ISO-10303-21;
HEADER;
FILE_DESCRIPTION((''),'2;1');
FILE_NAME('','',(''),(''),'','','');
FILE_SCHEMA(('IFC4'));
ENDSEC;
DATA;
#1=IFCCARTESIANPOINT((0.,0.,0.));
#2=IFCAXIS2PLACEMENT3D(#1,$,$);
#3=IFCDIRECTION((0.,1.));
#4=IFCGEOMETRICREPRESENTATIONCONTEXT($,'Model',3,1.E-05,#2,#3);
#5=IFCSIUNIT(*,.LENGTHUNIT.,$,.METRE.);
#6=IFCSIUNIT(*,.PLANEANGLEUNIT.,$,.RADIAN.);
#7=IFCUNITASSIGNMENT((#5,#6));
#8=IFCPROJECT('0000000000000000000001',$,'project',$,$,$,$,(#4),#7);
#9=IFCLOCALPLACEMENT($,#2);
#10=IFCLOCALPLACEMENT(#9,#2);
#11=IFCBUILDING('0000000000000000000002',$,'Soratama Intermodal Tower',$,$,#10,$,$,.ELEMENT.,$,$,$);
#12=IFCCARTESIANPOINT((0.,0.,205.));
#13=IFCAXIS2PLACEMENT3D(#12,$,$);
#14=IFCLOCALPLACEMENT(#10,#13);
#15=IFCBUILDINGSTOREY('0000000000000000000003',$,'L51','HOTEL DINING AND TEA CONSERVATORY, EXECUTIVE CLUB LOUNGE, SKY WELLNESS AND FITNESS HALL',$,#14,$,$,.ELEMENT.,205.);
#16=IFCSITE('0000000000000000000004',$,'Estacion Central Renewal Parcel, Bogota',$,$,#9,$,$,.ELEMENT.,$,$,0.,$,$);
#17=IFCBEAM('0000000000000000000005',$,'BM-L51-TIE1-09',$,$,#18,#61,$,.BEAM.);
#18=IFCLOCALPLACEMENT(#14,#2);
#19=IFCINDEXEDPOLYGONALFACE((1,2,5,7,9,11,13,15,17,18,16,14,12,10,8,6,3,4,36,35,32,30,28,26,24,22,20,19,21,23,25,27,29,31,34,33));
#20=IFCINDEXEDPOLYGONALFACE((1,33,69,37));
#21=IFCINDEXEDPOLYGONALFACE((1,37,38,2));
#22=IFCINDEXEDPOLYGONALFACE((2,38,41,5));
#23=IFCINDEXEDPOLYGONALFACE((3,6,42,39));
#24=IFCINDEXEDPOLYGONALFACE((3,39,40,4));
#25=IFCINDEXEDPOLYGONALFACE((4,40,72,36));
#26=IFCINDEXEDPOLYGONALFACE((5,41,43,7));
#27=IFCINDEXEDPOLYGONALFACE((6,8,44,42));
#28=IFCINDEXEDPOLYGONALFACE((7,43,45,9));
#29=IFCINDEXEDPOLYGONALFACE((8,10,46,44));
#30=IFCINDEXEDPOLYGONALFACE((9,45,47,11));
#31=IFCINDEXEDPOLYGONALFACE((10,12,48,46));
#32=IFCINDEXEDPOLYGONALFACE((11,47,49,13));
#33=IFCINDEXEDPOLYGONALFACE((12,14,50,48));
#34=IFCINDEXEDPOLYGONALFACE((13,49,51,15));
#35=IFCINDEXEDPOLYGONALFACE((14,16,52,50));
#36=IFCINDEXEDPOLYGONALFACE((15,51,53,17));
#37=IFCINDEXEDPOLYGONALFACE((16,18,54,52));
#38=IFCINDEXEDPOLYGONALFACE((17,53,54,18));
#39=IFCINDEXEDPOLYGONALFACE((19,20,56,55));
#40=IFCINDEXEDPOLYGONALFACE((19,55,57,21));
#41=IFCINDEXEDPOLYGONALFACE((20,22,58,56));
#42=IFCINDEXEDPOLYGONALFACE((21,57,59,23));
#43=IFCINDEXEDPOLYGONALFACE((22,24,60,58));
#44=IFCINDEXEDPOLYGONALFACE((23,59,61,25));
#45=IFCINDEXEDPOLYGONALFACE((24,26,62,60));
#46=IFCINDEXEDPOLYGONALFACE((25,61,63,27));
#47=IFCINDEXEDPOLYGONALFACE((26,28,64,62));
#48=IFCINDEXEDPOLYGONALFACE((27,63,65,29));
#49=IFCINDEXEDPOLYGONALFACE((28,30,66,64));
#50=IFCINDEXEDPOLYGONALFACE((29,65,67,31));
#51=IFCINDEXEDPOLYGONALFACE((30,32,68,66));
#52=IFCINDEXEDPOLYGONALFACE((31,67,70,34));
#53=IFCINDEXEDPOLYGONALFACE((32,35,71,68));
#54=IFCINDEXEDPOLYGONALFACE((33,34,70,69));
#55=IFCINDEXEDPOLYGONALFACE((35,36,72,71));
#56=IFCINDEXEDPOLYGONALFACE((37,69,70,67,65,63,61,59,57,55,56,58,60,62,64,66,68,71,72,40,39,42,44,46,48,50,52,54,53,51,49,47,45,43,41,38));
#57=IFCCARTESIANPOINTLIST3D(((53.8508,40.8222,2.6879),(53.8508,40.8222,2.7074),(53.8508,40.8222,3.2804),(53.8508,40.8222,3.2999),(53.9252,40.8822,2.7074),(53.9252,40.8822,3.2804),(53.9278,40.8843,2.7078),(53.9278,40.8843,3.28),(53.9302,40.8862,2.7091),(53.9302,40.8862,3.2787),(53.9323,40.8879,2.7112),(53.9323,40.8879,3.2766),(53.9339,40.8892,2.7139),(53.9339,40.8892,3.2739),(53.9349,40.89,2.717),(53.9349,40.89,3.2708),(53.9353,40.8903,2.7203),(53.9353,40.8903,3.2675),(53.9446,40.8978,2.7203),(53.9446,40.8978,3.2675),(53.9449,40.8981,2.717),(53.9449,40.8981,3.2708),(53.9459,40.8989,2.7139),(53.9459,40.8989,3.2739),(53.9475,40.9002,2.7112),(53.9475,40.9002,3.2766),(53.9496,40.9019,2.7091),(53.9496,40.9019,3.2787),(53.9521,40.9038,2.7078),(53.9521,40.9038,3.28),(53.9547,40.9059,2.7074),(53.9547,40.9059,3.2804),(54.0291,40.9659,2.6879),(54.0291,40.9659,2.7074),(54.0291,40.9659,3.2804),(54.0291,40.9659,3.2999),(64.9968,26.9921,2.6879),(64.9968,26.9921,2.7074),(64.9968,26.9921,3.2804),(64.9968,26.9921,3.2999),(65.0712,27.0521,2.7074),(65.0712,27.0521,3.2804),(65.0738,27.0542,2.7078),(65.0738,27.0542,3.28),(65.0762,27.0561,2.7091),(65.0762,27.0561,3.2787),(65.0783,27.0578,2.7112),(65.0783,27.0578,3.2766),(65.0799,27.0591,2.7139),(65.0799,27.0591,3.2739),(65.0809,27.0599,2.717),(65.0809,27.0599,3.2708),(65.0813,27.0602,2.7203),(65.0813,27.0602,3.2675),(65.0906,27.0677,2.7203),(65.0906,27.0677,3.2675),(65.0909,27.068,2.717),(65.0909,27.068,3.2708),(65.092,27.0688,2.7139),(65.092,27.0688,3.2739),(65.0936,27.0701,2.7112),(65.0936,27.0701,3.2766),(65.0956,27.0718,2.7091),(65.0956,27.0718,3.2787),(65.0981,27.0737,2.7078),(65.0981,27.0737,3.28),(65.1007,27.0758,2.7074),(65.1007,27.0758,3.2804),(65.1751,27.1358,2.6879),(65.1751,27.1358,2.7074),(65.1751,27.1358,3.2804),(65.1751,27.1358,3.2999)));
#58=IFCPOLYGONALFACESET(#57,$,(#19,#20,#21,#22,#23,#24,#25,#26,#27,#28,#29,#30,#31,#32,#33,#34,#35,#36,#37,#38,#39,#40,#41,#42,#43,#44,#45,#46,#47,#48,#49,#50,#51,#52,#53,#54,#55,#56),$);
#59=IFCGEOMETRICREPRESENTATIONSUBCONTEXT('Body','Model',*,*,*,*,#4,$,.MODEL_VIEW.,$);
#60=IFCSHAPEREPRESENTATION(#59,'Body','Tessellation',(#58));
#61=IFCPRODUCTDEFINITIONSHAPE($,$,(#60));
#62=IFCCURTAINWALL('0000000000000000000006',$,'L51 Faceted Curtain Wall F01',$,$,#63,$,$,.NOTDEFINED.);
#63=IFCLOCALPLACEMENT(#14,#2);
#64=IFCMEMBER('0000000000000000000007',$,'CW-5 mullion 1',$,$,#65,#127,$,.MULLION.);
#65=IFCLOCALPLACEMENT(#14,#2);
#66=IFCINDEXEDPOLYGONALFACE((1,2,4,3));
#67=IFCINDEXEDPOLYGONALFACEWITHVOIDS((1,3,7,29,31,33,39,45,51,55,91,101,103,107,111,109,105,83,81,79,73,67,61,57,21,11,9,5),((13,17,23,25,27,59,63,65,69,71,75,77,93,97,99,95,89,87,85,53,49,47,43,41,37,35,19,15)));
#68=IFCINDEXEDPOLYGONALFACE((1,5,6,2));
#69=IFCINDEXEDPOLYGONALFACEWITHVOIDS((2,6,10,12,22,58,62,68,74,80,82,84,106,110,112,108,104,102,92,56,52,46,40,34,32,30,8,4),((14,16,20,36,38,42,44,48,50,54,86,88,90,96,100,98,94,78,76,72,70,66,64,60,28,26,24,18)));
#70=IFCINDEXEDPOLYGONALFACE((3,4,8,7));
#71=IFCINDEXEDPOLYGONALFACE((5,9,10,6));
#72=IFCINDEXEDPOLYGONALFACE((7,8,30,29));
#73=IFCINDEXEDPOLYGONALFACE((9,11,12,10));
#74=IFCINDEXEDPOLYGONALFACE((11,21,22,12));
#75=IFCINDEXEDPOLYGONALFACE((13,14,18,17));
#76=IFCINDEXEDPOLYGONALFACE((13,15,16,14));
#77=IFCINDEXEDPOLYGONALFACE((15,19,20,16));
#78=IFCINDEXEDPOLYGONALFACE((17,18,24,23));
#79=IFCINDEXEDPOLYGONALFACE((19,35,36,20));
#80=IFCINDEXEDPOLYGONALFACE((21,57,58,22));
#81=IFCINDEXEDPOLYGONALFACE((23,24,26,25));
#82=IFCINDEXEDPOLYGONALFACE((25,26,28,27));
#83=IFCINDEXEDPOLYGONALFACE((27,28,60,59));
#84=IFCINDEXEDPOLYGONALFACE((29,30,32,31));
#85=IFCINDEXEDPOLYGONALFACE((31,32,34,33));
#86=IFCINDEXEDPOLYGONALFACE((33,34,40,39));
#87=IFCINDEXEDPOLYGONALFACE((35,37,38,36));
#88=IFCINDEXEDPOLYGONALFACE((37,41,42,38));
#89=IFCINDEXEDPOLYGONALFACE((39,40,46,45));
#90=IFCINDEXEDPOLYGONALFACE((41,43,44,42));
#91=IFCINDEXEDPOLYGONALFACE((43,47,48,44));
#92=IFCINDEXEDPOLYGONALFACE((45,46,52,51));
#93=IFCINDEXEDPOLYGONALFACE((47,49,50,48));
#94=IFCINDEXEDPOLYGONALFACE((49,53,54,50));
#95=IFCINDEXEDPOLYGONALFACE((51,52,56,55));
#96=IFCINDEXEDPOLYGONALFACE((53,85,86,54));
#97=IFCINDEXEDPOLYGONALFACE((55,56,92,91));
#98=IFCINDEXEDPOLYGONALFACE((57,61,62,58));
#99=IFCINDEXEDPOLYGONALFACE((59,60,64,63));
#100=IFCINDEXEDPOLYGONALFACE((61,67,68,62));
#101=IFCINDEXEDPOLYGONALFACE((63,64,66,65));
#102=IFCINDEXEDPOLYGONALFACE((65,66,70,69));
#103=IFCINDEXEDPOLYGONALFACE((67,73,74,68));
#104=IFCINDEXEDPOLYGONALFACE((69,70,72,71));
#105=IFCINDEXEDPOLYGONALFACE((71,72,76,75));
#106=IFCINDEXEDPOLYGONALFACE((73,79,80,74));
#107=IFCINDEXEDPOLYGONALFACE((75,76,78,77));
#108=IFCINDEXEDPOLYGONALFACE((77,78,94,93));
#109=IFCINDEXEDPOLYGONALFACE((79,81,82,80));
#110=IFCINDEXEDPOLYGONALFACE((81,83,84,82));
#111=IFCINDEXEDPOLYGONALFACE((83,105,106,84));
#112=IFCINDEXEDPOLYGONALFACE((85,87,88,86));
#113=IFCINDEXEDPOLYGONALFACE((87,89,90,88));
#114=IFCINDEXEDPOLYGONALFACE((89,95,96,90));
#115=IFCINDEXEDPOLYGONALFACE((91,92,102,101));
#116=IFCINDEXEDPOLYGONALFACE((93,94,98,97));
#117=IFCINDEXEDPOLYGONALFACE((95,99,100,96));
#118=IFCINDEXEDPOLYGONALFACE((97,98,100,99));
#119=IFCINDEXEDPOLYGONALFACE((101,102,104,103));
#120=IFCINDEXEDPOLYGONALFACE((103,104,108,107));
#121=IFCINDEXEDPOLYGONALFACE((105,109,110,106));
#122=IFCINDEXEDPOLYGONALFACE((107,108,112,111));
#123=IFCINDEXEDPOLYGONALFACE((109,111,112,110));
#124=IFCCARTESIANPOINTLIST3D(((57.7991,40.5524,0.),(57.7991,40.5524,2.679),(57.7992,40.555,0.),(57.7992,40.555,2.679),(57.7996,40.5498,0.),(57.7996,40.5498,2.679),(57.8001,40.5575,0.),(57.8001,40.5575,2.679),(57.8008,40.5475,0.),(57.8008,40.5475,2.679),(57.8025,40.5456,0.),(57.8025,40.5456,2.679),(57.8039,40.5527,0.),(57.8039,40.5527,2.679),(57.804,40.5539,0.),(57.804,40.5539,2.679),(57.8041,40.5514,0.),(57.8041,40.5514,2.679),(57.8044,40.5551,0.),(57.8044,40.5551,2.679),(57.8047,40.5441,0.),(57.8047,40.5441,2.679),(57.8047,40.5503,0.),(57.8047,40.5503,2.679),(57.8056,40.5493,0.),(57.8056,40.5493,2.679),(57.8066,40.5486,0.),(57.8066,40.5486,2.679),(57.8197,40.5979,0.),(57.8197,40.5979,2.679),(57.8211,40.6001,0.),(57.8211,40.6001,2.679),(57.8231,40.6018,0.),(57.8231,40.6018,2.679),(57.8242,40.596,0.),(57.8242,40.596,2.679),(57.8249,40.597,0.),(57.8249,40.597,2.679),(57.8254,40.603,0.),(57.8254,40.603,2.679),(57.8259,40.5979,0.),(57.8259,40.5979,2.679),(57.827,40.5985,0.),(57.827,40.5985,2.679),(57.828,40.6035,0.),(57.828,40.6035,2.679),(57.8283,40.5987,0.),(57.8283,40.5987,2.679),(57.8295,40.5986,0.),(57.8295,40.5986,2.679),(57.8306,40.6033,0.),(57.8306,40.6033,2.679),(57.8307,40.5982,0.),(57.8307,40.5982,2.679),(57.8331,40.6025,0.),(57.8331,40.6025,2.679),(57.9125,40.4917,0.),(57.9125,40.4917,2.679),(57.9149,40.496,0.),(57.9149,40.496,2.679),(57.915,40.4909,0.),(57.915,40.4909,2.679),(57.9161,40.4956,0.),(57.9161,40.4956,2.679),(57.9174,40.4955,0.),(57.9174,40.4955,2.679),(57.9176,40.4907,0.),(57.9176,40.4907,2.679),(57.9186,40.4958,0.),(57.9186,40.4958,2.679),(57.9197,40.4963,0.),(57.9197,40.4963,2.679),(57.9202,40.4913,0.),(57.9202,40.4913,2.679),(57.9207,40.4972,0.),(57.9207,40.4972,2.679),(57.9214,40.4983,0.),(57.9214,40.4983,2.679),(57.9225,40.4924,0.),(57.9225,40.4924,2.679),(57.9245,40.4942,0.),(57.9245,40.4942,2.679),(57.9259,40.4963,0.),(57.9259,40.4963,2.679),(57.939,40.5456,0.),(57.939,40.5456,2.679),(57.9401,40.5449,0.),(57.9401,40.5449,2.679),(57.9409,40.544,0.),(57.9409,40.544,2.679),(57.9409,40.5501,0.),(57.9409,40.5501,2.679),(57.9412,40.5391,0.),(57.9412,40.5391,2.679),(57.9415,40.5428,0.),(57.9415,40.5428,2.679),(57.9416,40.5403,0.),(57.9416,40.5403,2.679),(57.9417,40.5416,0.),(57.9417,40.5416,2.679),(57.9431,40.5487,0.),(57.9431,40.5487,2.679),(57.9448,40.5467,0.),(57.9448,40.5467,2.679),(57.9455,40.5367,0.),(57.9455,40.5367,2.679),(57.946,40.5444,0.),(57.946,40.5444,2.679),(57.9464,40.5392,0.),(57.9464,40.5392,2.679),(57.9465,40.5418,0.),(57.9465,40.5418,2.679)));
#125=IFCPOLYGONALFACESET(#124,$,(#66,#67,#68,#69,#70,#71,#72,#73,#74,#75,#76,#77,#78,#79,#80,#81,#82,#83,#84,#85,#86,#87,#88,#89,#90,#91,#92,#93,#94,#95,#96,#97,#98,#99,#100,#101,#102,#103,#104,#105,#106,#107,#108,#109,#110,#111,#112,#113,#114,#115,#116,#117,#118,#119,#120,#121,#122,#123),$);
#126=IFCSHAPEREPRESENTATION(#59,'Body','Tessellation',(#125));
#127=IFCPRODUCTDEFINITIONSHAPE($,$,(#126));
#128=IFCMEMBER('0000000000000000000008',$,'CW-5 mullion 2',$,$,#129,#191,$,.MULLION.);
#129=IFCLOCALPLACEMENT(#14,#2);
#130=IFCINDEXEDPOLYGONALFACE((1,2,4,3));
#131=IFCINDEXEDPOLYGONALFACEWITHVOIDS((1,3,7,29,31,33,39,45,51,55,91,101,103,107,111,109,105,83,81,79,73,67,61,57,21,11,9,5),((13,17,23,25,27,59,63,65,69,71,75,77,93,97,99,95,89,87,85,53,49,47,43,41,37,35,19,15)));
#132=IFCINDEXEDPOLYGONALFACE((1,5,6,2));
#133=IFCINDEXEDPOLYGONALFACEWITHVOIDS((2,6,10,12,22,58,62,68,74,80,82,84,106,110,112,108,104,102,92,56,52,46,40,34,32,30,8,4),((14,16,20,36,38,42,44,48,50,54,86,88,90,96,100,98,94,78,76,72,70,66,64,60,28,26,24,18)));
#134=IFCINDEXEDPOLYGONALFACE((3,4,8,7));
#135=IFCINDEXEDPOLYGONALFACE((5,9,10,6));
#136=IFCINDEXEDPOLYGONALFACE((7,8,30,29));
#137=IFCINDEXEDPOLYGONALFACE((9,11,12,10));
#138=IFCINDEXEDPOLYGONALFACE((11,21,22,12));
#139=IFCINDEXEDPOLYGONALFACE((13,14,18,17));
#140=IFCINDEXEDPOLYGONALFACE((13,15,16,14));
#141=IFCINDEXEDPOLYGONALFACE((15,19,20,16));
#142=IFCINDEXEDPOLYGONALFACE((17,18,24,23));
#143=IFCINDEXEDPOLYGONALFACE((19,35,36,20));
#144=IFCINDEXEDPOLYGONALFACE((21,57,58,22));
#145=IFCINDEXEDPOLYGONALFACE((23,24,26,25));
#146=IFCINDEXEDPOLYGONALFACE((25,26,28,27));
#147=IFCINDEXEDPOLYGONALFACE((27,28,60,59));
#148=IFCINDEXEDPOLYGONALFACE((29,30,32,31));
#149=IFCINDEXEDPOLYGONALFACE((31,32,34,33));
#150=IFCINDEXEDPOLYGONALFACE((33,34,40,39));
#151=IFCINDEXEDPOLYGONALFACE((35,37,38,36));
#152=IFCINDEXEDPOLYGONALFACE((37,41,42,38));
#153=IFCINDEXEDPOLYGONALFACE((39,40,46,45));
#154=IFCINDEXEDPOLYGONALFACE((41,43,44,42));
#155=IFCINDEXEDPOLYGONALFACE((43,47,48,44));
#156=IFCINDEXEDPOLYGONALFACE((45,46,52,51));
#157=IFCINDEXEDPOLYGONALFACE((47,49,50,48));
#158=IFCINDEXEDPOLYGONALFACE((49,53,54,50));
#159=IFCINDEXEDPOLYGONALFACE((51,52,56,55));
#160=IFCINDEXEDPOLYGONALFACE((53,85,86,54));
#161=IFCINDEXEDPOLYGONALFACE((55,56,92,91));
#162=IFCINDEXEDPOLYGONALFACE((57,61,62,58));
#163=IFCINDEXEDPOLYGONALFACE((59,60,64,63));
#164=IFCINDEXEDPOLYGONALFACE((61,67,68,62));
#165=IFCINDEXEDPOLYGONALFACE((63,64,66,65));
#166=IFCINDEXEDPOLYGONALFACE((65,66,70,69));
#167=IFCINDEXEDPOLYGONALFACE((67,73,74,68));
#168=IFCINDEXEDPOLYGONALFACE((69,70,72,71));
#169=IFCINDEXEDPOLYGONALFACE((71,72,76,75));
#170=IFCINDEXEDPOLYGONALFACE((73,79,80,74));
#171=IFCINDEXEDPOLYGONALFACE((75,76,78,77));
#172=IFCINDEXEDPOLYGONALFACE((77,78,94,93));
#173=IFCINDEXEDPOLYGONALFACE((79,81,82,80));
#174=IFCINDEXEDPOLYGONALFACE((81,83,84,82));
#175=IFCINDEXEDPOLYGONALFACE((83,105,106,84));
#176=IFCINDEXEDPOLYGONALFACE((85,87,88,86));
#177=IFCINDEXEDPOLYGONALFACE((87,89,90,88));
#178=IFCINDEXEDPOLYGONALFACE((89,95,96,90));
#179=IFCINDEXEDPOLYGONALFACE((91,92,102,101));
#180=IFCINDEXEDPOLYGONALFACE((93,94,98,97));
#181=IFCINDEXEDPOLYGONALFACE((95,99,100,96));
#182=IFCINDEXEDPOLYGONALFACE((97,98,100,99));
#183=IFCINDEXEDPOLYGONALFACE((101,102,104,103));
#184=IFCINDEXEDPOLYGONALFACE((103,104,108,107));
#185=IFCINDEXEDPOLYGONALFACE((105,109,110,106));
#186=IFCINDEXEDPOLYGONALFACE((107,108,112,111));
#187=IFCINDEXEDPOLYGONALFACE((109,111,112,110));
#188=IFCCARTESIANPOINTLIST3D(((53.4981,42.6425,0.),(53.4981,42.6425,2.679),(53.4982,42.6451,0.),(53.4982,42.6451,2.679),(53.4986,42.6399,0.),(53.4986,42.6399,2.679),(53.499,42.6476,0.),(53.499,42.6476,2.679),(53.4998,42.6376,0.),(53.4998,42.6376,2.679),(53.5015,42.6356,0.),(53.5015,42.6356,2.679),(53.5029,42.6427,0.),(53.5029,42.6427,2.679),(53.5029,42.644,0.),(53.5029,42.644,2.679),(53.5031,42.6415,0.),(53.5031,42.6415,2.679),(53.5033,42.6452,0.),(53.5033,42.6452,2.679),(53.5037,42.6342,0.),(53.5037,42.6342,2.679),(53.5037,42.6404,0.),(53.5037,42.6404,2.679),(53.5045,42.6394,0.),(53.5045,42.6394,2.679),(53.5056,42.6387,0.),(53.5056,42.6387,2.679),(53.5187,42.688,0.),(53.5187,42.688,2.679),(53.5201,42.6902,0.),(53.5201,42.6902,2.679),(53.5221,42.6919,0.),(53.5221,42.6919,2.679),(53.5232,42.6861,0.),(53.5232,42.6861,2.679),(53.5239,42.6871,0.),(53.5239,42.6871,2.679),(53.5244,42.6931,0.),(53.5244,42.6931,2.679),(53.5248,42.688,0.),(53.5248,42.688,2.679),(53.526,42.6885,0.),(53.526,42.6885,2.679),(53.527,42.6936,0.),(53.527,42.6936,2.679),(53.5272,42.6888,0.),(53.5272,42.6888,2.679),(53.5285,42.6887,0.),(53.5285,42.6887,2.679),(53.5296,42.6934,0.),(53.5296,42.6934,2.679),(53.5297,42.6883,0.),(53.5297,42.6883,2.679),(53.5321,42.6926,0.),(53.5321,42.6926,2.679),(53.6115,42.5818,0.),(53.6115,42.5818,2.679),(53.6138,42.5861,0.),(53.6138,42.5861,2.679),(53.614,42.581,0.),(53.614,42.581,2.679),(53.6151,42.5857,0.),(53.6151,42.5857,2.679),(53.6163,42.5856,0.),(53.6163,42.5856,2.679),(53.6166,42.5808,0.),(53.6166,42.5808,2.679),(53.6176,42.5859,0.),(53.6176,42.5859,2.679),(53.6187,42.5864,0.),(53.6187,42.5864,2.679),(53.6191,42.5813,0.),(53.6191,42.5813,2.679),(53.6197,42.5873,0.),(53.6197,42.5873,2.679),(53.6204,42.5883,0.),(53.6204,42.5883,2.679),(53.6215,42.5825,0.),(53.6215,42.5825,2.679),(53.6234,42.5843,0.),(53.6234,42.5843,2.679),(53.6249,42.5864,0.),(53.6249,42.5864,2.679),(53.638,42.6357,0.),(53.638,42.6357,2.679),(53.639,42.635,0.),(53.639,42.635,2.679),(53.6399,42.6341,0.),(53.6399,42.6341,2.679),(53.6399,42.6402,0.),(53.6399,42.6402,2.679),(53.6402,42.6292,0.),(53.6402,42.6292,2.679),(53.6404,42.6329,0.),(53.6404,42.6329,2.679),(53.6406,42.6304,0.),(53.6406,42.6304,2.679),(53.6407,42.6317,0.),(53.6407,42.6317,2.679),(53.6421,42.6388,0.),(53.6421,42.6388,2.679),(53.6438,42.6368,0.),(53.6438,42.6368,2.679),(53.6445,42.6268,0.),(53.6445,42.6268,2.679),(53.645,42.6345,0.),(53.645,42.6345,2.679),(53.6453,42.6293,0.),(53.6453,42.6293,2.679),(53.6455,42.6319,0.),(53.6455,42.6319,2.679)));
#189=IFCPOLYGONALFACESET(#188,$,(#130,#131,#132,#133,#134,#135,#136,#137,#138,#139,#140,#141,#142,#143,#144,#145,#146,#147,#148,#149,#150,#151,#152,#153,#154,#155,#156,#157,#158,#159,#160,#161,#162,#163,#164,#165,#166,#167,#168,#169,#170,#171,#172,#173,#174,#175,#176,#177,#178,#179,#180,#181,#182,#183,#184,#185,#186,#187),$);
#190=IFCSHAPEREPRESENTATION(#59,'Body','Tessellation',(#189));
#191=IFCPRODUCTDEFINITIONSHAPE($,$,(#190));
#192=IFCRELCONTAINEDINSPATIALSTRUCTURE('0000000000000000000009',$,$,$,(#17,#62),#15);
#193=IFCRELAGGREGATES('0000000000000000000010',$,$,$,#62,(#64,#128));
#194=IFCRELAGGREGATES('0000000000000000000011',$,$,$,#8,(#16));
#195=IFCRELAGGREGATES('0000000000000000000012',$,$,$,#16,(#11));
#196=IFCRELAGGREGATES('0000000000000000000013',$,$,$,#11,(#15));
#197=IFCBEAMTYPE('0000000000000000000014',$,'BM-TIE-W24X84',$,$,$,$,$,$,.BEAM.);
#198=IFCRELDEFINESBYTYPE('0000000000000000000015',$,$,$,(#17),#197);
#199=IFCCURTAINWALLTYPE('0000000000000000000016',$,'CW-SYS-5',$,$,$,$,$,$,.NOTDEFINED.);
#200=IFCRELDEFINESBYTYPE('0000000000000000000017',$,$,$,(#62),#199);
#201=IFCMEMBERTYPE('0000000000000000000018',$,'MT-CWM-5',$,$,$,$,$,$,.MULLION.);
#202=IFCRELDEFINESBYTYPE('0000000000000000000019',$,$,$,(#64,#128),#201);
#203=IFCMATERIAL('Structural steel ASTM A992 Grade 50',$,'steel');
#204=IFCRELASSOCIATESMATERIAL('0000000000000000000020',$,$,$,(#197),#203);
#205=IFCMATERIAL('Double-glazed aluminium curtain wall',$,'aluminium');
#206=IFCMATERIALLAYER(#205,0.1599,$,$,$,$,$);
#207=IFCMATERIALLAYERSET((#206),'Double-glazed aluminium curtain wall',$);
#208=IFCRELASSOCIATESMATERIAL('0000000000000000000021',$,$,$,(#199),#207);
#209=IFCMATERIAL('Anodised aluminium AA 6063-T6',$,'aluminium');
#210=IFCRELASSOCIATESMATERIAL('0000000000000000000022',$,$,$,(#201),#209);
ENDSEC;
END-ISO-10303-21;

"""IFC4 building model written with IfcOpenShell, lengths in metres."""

from ifc_helpers import new_model, si_unit, direction, frame, origin, origin_2d, place, context, subcontext, project, spatial, hollow_rectangle, i_section, extrude, material, layer, layer_set, material_profile, profile_set, type_object, element, aggregate, save


model = new_model("IFC4")

# Units and contexts
model_context = context("Model", 3, precision=1e-05, world=origin(), true_north=direction((0.0, 1.0)))
body_context = subcontext(model_context, "Body", "Model", "MODEL_VIEW")
ifc_project = project(units=[si_unit("LENGTHUNIT", "METRE"), si_unit("PLANEANGLEUNIT", "RADIAN")], contexts=[model_context])

# Site, building, storey
site_placement = place(None, origin())
site = spatial("IfcSite", under=ifc_project, at=site_placement, Name="Estacion Central Renewal Parcel, Bogota", CompositionType="ELEMENT", RefElevation=0.0)
building_placement = place(site_placement, origin())
building = spatial("IfcBuilding", under=site, at=building_placement, Name="Soratama Intermodal Tower", CompositionType="ELEMENT")
storey_placement = place(building_placement, frame((0.0, 0.0, 205.0)))
storey = spatial("IfcBuildingStorey", under=building, at=storey_placement, Name="L51", Description="HOTEL DINING AND TEA CONSERVATORY, EXECUTIVE CLUB LOUNGE, SKY WELLNESS AND FITNESS HALL", CompositionType="ELEMENT", Elevation=205.0)

# Beam
ifc_material_1 = material(Name="Structural steel ASTM A992 Grade 50", Category="steel")
ifc_material_profile_1 = material_profile(ifc_material_1, i_section(OverallWidth=0.229, OverallDepth=0.6121, WebThickness=0.012, FlangeThickness=0.0195, FilletRadius=0.0129, at=origin_2d()), Name="W24X84")
ifc_profile_set_1 = profile_set([ifc_material_profile_1], Name="Structural steel ASTM A992 Grade 50")
beam_type_1 = type_object("IfcBeamType", Name="BM-TIE-W24X84", PredefinedType="BEAM", material=ifc_profile_set_1)
beam_1_placement = place(storey_placement, frame((53.9399, 40.894, 2.9939), z_axis=(0.627504, -0.778614, 0.0), x_axis=(0.778614, 0.627504, 0.0)))
element("IfcBeam", 1, at=beam_1_placement, inside=storey, type_object=beam_type_1, Name="BM-L51-TIE1-09", PredefinedType="BEAM", context=body_context, shape_type="SweptSolid", body=[
    extrude(i_section(OverallWidth=0.229, OverallDepth=0.6121, WebThickness=0.012, FlangeThickness=0.0195, FilletRadius=0.0129, at=origin_2d()), origin(), (0.0, 0.0, 1.0), 17.7625),
])

# Curtain wall, members
ifc_material_2 = material(Name="Double-glazed aluminium curtain wall", Category="aluminium")
ifc_layer_1 = layer(ifc_material_2, 0.1599)
ifc_layer_set_1 = layer_set([ifc_layer_1], Name="Double-glazed aluminium curtain wall")
curtain_wall_type = type_object("IfcCurtainWallType", Name="CW-SYS-5", PredefinedType="NOTDEFINED", material=ifc_layer_set_1)
curtain_wall_1_placement = place(storey_placement, origin())
curtain_wall_1 = element("IfcCurtainWall", 2, at=curtain_wall_1_placement, inside=storey, type_object=curtain_wall_type, Name="L51 Faceted Curtain Wall F01", PredefinedType="NOTDEFINED")
ifc_material_3 = material(Name="Anodised aluminium AA 6063-T6", Category="aluminium")
ifc_material_profile_2 = material_profile(ifc_material_3, hollow_rectangle(XDim=0.0649, YDim=0.1399, WallThickness=0.0049, InnerFilletRadius=0.0049, OuterFilletRadius=0.01, at=origin_2d()), Name="CWM140X65X5")
ifc_profile_set_2 = profile_set([ifc_material_profile_2], Name="Anodised aluminium AA 6063-T6")
member_type_1 = type_object("IfcMemberType", Name="MT-CWM-5", PredefinedType="MULLION", material=ifc_profile_set_2)
member_1_placement = place(storey_placement, frame((57.8728, 40.5471, 0.0), z_axis=(0.0, 0.0, 1.0), x_axis=(-0.437111, -0.899408, 0.0)))
member_1 = element("IfcMember", 3, at=member_1_placement, type_object=member_type_1, Name="CW-5 mullion 1", PredefinedType="MULLION", context=body_context, shape_type="SweptSolid", body=[
    extrude(hollow_rectangle(XDim=0.0649, YDim=0.1399, WallThickness=0.0049, InnerFilletRadius=0.0049, OuterFilletRadius=0.01, at=origin_2d()), origin(), (0.0, 0.0, 1.0), 2.679),
])
member_2_placement = place(storey_placement, frame((53.5718, 42.6372, 0.0), z_axis=(0.0, 0.0, 1.0), x_axis=(-0.437111, -0.899408, 0.0)))
member_2 = element("IfcMember", 4, at=member_2_placement, type_object=member_type_1, Name="CW-5 mullion 2", PredefinedType="MULLION", context=body_context, shape_type="SweptSolid", body=[
    extrude(hollow_rectangle(XDim=0.0649, YDim=0.1399, WallThickness=0.0049, InnerFilletRadius=0.0049, OuterFilletRadius=0.01, at=origin_2d()), origin(), (0.0, 0.0, 1.0), 2.679),
])

aggregate(curtain_wall_1, [member_1, member_2])

save(model, "model.ifc")
